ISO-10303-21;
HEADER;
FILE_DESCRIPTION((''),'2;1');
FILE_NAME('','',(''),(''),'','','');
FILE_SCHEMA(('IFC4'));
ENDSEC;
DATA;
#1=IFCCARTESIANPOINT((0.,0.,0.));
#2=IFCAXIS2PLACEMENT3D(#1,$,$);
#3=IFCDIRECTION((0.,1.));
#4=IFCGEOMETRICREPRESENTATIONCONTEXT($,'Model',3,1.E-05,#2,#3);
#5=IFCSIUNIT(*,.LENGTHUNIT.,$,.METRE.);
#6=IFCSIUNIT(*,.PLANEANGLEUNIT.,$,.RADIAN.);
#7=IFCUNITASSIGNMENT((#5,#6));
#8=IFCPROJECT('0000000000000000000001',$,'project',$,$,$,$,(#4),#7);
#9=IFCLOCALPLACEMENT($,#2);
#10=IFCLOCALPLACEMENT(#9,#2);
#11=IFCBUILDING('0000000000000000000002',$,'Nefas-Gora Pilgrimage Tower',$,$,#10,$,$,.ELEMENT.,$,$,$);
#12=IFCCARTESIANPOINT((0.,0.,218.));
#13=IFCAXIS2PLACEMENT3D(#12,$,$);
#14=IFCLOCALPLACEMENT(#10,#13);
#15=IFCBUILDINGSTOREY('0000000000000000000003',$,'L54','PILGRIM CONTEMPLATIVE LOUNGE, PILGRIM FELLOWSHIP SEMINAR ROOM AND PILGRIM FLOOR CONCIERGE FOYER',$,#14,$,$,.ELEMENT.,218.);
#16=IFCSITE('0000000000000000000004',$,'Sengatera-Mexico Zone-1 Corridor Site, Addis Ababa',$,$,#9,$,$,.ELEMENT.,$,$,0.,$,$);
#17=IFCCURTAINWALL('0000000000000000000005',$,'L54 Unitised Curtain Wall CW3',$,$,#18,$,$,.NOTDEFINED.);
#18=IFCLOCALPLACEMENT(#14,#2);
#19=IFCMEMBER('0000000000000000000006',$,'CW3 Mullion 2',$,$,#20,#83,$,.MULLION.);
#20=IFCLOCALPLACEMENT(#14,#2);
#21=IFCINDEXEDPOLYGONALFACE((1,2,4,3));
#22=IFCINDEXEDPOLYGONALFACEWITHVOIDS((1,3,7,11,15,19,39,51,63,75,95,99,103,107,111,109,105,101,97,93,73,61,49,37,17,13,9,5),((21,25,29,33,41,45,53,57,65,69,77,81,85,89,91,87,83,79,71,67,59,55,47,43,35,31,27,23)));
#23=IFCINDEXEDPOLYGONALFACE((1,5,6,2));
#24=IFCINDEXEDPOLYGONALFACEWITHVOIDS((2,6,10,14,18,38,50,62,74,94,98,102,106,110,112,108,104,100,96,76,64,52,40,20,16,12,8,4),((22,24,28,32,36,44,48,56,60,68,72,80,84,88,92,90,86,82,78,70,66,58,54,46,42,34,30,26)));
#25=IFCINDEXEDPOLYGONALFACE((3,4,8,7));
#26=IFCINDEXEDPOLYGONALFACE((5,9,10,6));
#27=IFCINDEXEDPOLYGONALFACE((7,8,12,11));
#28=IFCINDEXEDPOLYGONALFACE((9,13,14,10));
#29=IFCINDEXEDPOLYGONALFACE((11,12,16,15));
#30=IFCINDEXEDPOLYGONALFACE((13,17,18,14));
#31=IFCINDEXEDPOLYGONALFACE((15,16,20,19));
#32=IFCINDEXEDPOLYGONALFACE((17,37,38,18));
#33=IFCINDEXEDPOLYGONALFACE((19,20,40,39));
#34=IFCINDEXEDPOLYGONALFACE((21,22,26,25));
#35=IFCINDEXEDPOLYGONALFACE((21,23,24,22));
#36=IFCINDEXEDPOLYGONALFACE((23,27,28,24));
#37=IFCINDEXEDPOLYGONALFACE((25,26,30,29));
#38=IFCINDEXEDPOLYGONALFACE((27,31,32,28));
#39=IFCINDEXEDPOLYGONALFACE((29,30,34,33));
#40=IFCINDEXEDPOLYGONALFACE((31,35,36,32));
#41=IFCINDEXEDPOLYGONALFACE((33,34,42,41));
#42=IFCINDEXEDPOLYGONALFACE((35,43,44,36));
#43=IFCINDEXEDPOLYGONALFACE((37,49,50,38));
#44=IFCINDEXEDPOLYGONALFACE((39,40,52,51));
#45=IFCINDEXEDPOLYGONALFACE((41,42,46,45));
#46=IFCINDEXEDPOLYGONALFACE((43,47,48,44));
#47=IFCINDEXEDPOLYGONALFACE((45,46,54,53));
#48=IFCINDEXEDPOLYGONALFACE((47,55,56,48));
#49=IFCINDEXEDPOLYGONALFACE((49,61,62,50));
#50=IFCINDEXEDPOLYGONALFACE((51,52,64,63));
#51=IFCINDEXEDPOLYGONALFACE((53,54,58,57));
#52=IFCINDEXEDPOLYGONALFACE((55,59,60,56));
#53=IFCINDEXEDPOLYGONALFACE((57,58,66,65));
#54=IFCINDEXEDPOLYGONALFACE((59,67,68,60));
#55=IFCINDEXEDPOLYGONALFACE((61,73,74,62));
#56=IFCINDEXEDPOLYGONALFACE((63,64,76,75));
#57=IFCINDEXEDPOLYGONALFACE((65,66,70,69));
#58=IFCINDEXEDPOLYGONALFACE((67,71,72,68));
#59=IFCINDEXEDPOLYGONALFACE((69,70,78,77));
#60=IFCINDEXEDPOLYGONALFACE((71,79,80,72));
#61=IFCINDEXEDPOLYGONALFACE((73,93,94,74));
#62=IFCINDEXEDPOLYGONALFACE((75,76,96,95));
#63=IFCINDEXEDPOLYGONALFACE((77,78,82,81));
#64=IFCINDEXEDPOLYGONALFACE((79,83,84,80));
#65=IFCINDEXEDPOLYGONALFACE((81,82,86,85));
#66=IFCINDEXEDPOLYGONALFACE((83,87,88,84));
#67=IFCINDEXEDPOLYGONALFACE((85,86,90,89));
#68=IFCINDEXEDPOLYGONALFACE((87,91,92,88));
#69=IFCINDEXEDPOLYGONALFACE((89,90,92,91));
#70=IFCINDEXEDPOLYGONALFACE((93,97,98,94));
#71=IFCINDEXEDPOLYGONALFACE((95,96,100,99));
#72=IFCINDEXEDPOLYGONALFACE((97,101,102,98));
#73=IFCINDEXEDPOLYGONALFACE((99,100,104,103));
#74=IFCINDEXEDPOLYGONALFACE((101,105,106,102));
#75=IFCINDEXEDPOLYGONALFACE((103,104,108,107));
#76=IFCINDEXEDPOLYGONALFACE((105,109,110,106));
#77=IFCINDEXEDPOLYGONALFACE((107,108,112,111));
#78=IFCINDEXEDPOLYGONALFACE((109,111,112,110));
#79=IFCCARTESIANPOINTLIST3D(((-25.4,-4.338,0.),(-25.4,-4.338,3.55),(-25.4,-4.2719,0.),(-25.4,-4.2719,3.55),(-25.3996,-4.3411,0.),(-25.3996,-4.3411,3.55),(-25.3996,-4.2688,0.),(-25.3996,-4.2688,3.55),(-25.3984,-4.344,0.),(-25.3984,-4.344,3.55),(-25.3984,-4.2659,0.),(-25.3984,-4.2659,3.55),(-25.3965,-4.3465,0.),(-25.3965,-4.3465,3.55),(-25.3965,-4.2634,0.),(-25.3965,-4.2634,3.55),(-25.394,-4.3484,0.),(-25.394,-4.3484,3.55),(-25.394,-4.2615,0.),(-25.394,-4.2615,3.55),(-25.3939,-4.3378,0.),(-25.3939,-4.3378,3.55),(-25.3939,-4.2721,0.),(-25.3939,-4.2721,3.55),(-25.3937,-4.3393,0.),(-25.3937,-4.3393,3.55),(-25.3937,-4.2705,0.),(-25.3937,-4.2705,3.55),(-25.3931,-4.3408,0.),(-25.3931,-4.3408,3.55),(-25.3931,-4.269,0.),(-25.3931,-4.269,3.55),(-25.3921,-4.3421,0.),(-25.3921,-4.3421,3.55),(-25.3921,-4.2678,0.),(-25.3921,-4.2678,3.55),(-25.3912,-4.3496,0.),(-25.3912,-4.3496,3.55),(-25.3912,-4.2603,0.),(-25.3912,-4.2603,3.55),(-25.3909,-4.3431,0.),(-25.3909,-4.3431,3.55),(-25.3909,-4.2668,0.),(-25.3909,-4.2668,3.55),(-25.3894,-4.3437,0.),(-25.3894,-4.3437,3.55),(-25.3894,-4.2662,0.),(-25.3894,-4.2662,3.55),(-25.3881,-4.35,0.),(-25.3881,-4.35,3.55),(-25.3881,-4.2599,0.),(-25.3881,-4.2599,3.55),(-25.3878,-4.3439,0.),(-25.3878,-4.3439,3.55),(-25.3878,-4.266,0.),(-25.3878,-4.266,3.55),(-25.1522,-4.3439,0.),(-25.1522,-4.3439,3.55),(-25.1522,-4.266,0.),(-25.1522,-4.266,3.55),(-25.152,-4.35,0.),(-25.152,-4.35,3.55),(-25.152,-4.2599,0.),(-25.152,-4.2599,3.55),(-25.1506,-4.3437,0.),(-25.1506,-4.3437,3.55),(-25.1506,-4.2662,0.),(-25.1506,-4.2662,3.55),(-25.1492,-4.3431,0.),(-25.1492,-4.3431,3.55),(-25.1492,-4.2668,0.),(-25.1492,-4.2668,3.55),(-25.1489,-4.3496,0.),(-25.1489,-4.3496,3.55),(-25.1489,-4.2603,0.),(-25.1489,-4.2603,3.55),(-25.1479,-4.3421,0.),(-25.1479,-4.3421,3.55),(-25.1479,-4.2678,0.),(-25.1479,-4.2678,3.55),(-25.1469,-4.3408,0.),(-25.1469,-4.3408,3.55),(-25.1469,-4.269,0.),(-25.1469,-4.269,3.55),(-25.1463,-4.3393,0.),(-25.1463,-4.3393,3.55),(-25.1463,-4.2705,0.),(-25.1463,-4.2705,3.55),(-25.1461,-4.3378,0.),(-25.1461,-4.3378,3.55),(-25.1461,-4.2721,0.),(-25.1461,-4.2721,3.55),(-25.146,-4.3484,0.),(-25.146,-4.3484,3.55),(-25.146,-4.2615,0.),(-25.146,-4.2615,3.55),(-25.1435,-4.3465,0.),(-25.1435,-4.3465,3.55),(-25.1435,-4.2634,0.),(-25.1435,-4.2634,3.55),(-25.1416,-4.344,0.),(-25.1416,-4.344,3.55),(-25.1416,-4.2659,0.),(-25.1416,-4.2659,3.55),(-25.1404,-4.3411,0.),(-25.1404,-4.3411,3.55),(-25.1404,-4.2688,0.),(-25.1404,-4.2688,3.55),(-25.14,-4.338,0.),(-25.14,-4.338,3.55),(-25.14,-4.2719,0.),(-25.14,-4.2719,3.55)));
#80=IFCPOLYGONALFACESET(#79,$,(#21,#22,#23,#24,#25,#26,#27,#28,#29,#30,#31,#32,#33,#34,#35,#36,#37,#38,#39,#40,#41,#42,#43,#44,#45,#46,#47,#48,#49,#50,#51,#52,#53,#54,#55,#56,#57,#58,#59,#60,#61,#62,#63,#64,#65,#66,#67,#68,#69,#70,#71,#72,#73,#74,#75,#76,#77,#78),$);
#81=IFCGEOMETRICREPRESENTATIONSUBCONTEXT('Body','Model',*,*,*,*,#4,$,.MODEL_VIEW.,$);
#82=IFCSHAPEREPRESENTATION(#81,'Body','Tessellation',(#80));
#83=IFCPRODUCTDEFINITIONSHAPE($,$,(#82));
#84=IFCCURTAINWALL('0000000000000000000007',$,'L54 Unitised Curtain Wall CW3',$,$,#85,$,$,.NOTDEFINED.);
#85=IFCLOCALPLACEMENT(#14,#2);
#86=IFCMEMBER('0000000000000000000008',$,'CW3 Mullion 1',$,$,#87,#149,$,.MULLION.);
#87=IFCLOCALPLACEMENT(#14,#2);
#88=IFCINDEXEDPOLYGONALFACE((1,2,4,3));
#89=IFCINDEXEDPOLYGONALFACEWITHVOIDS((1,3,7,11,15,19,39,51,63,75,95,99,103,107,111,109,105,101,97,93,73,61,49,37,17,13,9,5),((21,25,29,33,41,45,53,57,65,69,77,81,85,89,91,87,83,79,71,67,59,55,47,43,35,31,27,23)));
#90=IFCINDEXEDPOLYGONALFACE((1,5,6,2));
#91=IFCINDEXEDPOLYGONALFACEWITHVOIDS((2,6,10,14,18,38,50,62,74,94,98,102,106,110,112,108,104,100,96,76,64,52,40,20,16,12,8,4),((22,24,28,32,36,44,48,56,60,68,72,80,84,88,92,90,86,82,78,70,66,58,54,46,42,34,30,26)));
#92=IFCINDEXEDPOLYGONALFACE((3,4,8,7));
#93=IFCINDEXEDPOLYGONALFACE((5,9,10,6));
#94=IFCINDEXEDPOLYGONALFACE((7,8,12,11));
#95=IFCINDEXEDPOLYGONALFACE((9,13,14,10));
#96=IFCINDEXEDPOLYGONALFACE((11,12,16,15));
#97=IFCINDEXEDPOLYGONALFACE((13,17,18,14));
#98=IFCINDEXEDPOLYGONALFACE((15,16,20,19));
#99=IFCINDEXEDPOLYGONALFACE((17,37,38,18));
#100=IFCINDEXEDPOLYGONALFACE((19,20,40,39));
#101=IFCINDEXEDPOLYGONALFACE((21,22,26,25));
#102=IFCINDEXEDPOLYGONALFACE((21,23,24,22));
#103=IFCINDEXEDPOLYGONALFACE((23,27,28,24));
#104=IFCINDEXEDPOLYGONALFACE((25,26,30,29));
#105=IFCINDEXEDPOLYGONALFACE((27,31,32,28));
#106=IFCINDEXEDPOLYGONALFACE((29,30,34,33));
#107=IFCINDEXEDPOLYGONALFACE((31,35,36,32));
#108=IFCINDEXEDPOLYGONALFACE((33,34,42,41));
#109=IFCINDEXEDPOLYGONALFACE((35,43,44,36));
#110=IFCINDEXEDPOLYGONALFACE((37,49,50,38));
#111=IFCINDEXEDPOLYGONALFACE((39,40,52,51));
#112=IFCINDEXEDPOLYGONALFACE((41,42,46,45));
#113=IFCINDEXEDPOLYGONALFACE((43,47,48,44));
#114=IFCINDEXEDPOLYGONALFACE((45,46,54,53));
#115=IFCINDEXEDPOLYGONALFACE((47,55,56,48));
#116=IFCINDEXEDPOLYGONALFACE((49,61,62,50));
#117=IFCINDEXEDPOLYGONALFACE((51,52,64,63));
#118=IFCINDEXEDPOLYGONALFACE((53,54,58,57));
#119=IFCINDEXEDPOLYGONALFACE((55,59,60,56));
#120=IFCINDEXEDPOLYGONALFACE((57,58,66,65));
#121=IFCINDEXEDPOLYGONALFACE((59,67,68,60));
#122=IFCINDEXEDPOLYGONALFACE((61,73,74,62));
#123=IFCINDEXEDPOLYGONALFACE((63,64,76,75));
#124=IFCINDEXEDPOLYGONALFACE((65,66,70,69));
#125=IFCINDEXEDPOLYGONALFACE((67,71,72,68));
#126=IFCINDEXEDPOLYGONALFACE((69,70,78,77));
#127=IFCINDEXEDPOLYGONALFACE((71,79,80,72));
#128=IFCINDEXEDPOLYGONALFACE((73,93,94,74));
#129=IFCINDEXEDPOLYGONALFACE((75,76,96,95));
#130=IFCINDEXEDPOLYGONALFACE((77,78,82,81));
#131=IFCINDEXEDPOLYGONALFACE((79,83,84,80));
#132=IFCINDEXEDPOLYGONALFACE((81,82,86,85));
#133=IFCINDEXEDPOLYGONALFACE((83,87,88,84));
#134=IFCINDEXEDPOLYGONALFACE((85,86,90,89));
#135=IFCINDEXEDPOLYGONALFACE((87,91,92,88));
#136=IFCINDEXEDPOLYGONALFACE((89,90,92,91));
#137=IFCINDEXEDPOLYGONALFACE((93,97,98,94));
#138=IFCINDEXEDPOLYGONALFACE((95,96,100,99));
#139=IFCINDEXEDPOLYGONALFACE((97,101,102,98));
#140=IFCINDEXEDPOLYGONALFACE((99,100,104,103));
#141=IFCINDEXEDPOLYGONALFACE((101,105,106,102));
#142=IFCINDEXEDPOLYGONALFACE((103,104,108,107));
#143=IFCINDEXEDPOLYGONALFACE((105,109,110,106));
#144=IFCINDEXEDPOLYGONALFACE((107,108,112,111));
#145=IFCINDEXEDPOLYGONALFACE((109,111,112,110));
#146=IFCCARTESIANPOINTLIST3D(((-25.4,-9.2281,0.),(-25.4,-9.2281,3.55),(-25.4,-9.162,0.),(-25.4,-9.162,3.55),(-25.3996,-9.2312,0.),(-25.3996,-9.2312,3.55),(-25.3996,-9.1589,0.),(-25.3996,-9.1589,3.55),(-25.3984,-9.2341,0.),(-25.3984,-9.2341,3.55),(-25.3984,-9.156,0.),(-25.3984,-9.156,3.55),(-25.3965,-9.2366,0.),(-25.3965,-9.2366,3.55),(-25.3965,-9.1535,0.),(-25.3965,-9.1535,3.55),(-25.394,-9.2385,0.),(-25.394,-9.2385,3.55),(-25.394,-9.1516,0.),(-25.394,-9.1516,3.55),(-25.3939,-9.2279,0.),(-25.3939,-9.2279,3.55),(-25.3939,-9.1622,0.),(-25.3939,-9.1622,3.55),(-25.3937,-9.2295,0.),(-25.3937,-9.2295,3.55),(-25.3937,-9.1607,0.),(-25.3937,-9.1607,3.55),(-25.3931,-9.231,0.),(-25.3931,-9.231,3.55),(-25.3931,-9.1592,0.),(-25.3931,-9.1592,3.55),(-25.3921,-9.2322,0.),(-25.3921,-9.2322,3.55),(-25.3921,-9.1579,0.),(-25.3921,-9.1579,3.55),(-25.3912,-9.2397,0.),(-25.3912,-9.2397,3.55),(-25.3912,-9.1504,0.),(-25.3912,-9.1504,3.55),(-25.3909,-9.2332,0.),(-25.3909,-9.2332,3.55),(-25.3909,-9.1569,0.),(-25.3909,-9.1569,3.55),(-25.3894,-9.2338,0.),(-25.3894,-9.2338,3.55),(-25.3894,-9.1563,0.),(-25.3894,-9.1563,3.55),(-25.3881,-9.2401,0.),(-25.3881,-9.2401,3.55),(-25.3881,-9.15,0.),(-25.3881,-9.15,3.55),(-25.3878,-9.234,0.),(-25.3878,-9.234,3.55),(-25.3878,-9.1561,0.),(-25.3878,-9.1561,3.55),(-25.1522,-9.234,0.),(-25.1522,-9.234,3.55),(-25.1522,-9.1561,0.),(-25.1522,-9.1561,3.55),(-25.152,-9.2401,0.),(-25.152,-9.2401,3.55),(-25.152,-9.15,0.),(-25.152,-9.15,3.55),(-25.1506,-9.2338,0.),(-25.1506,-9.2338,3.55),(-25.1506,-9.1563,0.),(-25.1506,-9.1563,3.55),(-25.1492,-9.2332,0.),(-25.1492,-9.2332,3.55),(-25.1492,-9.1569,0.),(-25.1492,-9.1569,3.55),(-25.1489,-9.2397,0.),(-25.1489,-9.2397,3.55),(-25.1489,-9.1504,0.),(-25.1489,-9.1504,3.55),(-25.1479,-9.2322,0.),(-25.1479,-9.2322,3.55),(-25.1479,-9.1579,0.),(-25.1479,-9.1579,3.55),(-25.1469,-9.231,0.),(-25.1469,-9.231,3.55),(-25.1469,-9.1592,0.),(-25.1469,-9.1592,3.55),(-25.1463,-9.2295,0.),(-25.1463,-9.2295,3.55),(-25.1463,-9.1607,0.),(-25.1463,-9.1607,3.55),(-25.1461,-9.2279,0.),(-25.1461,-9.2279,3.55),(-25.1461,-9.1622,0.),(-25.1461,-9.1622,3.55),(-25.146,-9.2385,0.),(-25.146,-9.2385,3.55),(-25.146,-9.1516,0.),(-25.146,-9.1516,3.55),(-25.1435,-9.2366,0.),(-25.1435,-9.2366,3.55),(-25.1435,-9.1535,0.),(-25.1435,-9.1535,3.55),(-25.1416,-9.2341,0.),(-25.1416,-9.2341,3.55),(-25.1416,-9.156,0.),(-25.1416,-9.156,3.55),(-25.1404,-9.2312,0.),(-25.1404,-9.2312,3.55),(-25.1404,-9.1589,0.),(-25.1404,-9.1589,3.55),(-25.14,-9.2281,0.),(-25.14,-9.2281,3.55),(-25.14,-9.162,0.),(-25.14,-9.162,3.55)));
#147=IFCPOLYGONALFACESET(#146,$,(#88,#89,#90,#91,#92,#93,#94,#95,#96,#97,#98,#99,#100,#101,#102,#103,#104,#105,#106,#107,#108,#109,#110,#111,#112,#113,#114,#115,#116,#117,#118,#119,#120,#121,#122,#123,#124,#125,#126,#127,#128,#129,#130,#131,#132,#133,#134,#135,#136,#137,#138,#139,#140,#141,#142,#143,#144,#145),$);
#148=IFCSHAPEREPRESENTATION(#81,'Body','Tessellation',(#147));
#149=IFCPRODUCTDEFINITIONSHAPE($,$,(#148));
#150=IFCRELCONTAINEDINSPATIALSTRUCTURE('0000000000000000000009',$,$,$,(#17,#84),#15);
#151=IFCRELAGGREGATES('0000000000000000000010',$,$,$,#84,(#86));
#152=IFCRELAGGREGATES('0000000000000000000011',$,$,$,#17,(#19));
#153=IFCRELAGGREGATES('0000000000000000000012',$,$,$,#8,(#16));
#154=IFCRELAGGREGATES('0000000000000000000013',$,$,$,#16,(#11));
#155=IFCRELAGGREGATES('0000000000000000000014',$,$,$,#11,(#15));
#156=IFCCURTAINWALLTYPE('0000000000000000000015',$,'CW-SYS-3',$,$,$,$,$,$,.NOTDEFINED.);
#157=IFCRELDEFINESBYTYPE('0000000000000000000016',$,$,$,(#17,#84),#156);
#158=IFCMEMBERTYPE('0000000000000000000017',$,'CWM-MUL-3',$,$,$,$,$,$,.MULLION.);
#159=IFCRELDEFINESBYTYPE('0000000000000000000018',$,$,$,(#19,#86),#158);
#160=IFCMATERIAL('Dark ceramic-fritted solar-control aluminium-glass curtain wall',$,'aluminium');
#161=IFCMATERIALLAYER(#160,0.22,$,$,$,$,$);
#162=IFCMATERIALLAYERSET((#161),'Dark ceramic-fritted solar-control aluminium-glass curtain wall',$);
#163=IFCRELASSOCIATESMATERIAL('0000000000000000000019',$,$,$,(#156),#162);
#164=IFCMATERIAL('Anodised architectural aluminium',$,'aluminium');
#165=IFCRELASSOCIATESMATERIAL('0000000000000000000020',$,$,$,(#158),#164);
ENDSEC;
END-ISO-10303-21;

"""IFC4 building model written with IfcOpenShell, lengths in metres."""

from ifc_helpers import new_model, si_unit, direction, frame, origin, origin_2d, place, context, subcontext, project, spatial, hollow_rectangle, extrude, source, transform, mapped, material, layer, layer_set, material_profile, profile_set, type_object, element, aggregate, save


model = new_model("IFC4")

# Units and contexts
model_context = context("Model", 3, precision=1e-05, world=origin(), true_north=direction((0.0, 1.0)))
body_context = subcontext(model_context, "Body", "Model", "MODEL_VIEW")
ifc_project = project(units=[si_unit("LENGTHUNIT", "METRE"), si_unit("PLANEANGLEUNIT", "RADIAN")], contexts=[model_context])

# Site, building, storey
site_placement = place(None, origin())
site = spatial("IfcSite", under=ifc_project, at=site_placement, Name="Sengatera-Mexico Zone-1 Corridor Site, Addis Ababa", CompositionType="ELEMENT", RefElevation=0.0)
building_placement = place(site_placement, origin())
building = spatial("IfcBuilding", under=site, at=building_placement, Name="Nefas-Gora Pilgrimage Tower", CompositionType="ELEMENT")
storey_placement = place(building_placement, frame((0.0, 0.0, 218.0)))
storey = spatial("IfcBuildingStorey", under=building, at=storey_placement, Name="L54", Description="PILGRIM CONTEMPLATIVE LOUNGE, PILGRIM FELLOWSHIP SEMINAR ROOM AND PILGRIM FLOOR CONCIERGE FOYER", CompositionType="ELEMENT", Elevation=218.0)

# Curtain wall, member
ifc_material_1 = material(Name="Dark ceramic-fritted solar-control aluminium-glass curtain wall", Category="aluminium")
ifc_layer_1 = layer(ifc_material_1, 0.22)
ifc_layer_set_1 = layer_set([ifc_layer_1], Name="Dark ceramic-fritted solar-control aluminium-glass curtain wall")
curtain_wall_type = type_object("IfcCurtainWallType", Name="CW-SYS-3", PredefinedType="NOTDEFINED", material=ifc_layer_set_1)
curtain_wall_1_placement = place(storey_placement, origin())
curtain_wall_1 = element("IfcCurtainWall", 1, at=curtain_wall_1_placement, inside=storey, type_object=curtain_wall_type, Name="L54 Unitised Curtain Wall CW3", PredefinedType="NOTDEFINED")
ifc_material_2 = material(Name="Anodised architectural aluminium", Category="aluminium")
ifc_material_profile_1 = material_profile(ifc_material_2, hollow_rectangle(XDim=0.0901, YDim=0.26, WallThickness=0.0061, InnerFilletRadius=0.0061, OuterFilletRadius=0.012, at=origin_2d()), Name="ALU MULLION 90x260")
ifc_profile_set_1 = profile_set([ifc_material_profile_1], Name="Anodised architectural aluminium")
member_type_1 = type_object("IfcMemberType", Name="CWM-MUL-3", PredefinedType="MULLION", material=ifc_profile_set_1)
shared_shape_1 = source(origin(), body_context, "Body", "SweptSolid", [
    extrude(hollow_rectangle(XDim=0.0901, YDim=0.26, WallThickness=0.0061, InnerFilletRadius=0.0061, OuterFilletRadius=0.012, at=origin_2d()), origin(), (0.0, 0.0, 1.0), 3.55),
])
member_1_placement = place(storey_placement, frame((-25.27, -4.3049, 0.0), z_axis=(0.0, 0.0, 1.0), x_axis=(0.0, -1.0, 0.0)))
member_1 = element("IfcMember", 2, at=member_1_placement, type_object=member_type_1, Name="CW3 Mullion 2", PredefinedType="MULLION", context=body_context, shape_type="MappedRepresentation", body=[
    mapped(shared_shape_1, transform((0.0, 0.0, 0.0), x_axis=(1.0, 0.0, 0.0), y_axis=(0.0, 1.0, 0.0), z_axis=(0.0, 0.0, 1.0), scale=1.0)),
])

# Curtain wall, member
curtain_wall_2_placement = place(storey_placement, origin())
curtain_wall_2 = element("IfcCurtainWall", 3, at=curtain_wall_2_placement, inside=storey, type_object=curtain_wall_type, Name="L54 Unitised Curtain Wall CW3", PredefinedType="NOTDEFINED")
member_2_placement = place(storey_placement, frame((-25.27, -9.1951, 0.0), z_axis=(0.0, 0.0, 1.0), x_axis=(0.0, -1.0, 0.0)))
member_2 = element("IfcMember", 4, at=member_2_placement, type_object=member_type_1, Name="CW3 Mullion 1", PredefinedType="MULLION", context=body_context, shape_type="MappedRepresentation", body=[
    mapped(shared_shape_1, transform((0.0, 0.0, 0.0), x_axis=(1.0, 0.0, 0.0), y_axis=(0.0, 1.0, 0.0), z_axis=(0.0, 0.0, 1.0), scale=1.0)),
])
aggregate(curtain_wall_2, [member_2])

aggregate(curtain_wall_1, [member_1])

save(model, "model.ifc")
